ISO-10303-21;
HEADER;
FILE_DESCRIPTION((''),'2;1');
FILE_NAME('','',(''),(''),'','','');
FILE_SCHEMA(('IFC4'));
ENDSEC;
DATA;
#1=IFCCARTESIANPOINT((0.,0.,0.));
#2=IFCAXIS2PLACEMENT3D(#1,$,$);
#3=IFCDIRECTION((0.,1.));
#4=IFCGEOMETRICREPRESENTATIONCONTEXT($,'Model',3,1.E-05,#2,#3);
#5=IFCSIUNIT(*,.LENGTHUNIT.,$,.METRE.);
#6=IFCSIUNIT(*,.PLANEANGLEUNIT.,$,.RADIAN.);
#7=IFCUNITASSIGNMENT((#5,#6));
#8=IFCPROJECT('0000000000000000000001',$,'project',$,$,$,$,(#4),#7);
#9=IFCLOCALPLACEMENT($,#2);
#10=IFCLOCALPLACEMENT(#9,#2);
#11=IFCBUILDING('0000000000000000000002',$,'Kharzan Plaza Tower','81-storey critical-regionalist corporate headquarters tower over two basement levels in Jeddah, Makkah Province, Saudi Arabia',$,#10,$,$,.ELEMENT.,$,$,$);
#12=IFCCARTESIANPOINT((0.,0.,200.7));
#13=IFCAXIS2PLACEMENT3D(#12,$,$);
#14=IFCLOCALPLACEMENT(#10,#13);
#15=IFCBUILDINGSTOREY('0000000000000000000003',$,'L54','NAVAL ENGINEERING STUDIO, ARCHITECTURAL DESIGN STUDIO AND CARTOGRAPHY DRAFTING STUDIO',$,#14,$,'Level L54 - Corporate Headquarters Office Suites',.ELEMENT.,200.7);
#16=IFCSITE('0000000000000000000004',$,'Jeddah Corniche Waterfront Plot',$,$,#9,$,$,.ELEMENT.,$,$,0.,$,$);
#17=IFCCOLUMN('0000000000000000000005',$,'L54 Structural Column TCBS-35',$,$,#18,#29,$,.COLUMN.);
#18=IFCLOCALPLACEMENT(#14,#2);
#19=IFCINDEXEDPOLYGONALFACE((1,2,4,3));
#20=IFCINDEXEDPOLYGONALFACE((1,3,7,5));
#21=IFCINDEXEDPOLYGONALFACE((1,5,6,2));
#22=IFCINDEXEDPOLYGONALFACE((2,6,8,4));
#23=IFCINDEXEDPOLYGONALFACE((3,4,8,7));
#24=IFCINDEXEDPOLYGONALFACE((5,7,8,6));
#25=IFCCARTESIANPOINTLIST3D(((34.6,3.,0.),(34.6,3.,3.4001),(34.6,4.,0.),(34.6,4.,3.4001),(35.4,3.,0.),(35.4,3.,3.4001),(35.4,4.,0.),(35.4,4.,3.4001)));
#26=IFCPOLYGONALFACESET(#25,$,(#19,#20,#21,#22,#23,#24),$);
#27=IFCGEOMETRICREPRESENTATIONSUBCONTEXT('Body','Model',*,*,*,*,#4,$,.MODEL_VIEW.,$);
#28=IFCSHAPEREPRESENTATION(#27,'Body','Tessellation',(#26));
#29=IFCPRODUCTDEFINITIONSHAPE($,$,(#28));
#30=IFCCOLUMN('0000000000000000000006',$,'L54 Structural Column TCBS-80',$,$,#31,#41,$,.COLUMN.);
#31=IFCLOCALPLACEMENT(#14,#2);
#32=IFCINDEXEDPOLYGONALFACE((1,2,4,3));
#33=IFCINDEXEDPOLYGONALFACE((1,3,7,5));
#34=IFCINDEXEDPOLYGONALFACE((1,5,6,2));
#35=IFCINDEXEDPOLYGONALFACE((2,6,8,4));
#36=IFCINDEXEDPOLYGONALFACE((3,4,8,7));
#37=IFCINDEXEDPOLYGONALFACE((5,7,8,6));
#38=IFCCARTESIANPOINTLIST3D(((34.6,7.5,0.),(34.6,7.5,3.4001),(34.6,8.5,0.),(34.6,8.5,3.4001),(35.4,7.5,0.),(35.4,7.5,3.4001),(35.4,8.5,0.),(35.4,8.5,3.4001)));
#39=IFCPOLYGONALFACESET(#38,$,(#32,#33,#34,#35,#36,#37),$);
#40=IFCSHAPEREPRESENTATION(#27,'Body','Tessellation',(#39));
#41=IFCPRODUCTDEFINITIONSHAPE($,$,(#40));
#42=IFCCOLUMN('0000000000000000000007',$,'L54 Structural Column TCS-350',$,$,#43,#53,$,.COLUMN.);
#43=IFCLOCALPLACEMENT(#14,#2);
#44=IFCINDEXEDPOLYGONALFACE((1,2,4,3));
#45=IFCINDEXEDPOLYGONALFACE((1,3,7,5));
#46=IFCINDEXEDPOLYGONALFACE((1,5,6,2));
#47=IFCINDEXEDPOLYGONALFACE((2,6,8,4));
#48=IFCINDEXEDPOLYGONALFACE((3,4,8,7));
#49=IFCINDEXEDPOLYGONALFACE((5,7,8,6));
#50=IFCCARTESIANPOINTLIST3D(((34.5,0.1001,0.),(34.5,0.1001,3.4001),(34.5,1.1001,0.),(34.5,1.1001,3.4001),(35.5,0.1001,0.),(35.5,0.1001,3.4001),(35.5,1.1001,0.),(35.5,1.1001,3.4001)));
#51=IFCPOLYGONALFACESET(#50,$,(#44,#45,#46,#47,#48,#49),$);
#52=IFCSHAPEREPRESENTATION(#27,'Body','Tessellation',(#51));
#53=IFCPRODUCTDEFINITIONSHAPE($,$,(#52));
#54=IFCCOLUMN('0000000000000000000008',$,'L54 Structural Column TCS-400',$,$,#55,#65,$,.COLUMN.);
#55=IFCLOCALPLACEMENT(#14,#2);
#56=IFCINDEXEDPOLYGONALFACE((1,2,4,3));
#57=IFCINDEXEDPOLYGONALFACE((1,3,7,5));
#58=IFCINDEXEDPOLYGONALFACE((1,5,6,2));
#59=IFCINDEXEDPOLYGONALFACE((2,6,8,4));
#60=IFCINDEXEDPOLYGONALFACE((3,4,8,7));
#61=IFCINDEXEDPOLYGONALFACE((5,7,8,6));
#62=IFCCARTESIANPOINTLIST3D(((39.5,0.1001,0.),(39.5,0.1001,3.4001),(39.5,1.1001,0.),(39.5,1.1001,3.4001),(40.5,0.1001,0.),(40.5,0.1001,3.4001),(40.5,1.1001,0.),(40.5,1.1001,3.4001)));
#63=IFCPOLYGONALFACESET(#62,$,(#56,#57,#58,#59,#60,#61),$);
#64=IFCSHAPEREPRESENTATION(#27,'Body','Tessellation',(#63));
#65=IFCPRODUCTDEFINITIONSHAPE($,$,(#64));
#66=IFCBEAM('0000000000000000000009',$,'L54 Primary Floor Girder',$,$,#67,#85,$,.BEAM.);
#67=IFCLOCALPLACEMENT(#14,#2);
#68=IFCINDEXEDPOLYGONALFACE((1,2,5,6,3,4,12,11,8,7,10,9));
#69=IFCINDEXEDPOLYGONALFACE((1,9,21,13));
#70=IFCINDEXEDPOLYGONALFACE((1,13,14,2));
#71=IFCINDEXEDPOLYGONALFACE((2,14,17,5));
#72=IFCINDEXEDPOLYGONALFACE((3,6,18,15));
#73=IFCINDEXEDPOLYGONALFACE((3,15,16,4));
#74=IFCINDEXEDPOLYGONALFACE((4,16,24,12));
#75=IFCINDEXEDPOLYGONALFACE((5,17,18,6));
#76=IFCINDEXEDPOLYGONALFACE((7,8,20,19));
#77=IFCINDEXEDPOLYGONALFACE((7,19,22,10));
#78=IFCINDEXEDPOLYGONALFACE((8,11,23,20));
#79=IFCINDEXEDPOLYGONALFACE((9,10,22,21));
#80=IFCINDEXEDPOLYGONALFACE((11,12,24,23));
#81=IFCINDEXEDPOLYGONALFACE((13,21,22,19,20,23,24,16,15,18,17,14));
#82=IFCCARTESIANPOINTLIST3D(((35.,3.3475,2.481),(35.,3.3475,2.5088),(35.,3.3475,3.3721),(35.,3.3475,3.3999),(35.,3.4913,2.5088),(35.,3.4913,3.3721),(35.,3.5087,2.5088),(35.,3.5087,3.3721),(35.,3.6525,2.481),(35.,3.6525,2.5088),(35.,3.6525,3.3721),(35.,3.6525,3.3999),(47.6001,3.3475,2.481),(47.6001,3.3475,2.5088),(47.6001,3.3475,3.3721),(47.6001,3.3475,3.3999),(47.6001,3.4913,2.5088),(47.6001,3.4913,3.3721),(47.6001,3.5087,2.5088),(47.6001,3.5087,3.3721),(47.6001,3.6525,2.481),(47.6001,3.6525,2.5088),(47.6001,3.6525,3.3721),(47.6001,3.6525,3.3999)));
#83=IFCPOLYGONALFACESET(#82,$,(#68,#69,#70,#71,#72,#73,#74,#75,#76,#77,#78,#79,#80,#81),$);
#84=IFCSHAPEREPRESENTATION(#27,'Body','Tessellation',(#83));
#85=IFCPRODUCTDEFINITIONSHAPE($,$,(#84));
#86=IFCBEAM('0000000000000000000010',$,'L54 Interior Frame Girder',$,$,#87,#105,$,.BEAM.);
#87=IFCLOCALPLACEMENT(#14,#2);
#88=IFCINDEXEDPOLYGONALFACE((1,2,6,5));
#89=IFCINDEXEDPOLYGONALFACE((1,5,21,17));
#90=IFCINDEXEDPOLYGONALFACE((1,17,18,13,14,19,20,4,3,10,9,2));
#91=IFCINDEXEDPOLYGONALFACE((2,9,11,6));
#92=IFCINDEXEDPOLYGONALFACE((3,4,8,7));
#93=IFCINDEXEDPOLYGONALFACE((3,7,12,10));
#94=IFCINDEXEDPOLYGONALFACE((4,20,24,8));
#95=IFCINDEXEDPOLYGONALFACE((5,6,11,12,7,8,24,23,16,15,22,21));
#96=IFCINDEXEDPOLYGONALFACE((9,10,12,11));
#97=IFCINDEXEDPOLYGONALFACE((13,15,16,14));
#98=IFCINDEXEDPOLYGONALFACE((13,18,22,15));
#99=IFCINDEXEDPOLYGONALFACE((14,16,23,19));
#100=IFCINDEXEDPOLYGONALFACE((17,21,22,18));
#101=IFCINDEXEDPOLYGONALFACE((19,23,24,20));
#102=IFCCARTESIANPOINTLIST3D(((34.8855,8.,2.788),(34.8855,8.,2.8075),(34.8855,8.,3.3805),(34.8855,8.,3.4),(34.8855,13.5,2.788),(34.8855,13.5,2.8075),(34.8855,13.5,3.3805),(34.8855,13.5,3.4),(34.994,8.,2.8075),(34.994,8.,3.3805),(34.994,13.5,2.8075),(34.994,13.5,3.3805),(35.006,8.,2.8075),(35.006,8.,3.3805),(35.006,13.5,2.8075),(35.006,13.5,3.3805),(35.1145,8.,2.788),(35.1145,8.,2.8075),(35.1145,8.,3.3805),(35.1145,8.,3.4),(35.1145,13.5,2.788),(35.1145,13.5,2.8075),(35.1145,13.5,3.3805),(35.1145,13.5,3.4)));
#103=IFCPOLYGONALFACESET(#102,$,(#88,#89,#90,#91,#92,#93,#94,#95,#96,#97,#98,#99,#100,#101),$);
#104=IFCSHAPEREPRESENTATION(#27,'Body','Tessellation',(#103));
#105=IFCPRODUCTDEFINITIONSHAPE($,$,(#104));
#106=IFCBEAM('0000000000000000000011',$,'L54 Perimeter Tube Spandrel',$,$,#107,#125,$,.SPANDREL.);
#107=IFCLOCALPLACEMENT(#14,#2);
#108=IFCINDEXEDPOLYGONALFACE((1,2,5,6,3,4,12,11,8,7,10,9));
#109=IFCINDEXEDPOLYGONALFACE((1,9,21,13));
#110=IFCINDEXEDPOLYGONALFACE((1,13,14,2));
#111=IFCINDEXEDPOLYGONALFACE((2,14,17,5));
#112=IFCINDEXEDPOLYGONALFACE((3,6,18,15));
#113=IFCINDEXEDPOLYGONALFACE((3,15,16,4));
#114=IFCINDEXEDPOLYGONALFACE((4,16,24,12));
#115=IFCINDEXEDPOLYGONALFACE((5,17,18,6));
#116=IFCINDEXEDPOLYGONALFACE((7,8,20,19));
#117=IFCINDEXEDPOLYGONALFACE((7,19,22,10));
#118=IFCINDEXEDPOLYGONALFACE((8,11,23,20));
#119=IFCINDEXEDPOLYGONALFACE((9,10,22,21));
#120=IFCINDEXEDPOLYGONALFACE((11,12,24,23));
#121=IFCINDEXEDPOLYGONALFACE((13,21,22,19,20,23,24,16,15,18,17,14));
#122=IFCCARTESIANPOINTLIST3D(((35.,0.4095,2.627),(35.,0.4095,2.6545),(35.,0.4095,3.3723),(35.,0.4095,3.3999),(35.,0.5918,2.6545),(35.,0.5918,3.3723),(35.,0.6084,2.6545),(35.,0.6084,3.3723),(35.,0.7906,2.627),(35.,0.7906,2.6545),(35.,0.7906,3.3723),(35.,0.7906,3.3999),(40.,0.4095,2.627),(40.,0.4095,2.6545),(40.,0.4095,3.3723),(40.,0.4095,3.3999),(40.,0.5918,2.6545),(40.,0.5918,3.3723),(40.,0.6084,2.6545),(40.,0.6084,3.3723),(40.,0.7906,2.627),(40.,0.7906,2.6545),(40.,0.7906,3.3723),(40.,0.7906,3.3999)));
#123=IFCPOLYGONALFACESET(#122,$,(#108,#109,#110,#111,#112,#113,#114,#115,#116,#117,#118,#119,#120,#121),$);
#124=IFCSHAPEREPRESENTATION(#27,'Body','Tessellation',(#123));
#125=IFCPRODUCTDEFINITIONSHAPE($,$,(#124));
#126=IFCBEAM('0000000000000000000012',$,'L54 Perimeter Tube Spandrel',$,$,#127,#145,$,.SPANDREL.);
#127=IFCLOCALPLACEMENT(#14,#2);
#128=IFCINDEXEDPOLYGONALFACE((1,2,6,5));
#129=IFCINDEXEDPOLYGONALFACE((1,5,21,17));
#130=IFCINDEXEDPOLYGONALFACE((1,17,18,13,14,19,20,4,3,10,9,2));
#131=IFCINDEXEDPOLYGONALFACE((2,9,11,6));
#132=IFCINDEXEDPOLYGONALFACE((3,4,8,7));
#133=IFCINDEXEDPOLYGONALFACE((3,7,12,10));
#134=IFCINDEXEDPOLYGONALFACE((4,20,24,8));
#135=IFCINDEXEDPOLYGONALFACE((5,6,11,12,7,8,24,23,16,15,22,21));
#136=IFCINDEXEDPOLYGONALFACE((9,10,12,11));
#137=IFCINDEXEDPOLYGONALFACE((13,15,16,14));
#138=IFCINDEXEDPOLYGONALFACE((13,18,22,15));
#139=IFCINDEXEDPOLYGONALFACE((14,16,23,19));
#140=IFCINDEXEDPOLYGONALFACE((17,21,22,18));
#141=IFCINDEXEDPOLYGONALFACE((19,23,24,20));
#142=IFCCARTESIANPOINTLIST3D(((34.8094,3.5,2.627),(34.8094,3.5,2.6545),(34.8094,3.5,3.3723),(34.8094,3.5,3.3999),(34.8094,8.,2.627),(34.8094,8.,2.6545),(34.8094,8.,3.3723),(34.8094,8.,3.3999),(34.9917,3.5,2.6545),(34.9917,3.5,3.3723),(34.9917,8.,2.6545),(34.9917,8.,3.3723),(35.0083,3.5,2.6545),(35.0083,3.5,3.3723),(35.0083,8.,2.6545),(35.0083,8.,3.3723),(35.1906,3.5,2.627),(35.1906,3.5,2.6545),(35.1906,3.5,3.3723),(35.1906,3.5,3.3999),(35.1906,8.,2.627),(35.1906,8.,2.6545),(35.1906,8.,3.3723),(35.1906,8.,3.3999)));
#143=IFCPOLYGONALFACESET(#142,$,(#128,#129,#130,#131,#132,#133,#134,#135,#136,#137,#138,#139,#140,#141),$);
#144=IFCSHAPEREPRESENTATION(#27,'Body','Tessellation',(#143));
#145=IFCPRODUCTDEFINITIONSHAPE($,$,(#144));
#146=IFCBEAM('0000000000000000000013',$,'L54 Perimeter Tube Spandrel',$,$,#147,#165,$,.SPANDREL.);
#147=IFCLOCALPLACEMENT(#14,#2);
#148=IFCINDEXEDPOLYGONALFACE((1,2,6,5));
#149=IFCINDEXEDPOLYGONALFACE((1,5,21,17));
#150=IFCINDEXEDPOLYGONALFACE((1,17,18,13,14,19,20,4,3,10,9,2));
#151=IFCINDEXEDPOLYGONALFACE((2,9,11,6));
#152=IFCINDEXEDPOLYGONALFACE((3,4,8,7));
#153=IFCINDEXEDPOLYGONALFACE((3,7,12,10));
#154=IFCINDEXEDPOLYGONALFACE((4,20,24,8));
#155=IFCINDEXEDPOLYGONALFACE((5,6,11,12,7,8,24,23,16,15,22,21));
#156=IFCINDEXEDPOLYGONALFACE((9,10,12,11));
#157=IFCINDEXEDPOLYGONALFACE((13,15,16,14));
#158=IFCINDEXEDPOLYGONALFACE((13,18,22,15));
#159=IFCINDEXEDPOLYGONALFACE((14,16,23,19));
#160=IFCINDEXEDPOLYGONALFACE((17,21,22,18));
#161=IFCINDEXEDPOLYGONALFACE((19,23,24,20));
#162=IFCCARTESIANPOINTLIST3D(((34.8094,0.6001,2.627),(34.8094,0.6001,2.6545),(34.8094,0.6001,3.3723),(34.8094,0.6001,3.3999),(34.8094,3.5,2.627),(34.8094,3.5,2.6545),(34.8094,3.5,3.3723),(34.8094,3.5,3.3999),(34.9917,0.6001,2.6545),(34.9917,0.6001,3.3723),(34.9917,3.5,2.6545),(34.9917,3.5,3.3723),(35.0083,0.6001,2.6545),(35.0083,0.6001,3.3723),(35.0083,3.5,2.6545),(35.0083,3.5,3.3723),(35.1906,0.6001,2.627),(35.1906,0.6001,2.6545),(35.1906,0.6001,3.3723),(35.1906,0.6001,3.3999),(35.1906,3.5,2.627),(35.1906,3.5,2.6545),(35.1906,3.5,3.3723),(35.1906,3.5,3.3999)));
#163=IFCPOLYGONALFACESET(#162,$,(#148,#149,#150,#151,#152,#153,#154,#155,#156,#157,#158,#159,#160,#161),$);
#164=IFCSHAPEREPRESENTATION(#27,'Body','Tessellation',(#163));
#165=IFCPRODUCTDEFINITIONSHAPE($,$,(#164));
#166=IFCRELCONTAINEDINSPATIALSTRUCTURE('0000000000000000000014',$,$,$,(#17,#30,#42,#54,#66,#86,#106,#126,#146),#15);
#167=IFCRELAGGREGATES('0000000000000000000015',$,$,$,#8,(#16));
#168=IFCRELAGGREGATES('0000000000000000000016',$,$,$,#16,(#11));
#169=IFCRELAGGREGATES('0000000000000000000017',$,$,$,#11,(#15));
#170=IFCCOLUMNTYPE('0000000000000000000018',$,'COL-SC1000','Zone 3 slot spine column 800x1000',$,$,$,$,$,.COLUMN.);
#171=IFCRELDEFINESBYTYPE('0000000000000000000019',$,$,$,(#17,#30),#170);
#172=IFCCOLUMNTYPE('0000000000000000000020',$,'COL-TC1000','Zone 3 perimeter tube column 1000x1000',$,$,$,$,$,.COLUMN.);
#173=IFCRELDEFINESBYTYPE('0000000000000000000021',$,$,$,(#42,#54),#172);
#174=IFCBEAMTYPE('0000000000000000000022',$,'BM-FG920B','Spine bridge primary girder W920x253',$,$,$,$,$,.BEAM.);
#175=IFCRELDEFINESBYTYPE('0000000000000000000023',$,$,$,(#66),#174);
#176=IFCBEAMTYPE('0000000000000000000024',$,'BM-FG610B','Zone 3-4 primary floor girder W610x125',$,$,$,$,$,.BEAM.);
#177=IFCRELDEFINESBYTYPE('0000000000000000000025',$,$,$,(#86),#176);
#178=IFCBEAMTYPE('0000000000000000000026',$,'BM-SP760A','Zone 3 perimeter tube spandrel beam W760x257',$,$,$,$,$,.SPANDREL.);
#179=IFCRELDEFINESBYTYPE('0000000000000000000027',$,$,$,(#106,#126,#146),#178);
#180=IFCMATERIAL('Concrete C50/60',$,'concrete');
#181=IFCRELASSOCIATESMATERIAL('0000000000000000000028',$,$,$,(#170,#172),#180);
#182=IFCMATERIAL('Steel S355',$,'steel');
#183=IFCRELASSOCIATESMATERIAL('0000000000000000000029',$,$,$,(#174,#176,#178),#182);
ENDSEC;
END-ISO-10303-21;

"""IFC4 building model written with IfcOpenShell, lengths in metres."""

from ifc_helpers import new_model, si_unit, direction, frame, origin, origin_2d, place, context, subcontext, project, spatial, rectangle, i_section, extrude, source, transform, mapped, material, material_profile, profile_set, type_object, element, save


model = new_model("IFC4")

# Units and contexts
model_context = context("Model", 3, precision=1e-05, world=origin(), true_north=direction((0.0, 1.0)))
body_context = subcontext(model_context, "Body", "Model", "MODEL_VIEW")
ifc_project = project(units=[si_unit("LENGTHUNIT", "METRE"), si_unit("PLANEANGLEUNIT", "RADIAN")], contexts=[model_context])

# Site, building, storey
site_placement = place(None, origin())
site = spatial("IfcSite", under=ifc_project, at=site_placement, Name="Jeddah Corniche Waterfront Plot", CompositionType="ELEMENT", RefElevation=0.0)
building_placement = place(site_placement, origin())
building = spatial("IfcBuilding", under=site, at=building_placement, Name="Kharzan Plaza Tower", Description="81-storey critical-regionalist corporate headquarters tower over two basement levels in Jeddah, Makkah Province, Saudi Arabia", CompositionType="ELEMENT")
storey_placement = place(building_placement, frame((0.0, 0.0, 200.7)))
storey = spatial("IfcBuildingStorey", under=building, at=storey_placement, Name="L54", Description="NAVAL ENGINEERING STUDIO, ARCHITECTURAL DESIGN STUDIO AND CARTOGRAPHY DRAFTING STUDIO", LongName="Level L54 - Corporate Headquarters Office Suites", CompositionType="ELEMENT", Elevation=200.7)

# Columns
ifc_material_1 = material(Name="Concrete C50/60", Category="concrete")
ifc_material_profile_1 = material_profile(ifc_material_1, rectangle(XDim=0.8, YDim=1.0, at=origin_2d()), Name="RC-SC1000x800")
ifc_profile_set_1 = profile_set([ifc_material_profile_1], Name="Concrete C50/60")
column_type_1 = type_object("IfcColumnType", Name="COL-SC1000", Description="Zone 3 slot spine column 800x1000", PredefinedType="COLUMN", material=ifc_profile_set_1)
shared_shape_1 = source(origin(), body_context, "Body", "SweptSolid", [
    extrude(rectangle(XDim=0.8, YDim=1.0, at=origin_2d()), origin(), (0.0, 0.0, 1.0), 3.4001),
])
for number, where, z_axis, x_axis, name in (
    (1, (35.0, 3.5, 0.0), (0.0, 0.0, 1.0), (1.0, 0.0, 0.0), "L54 Structural Column TCBS-35"),
    (2, (35.0, 8.0, 0.0), (0.0, 0.0, 1.0), (1.0, 0.0, 0.0), "L54 Structural Column TCBS-80"),
):
    element("IfcColumn", number, at=place(storey_placement, frame(where, z_axis=z_axis, x_axis=x_axis)), inside=storey, type_object=column_type_1, Name=name, PredefinedType="COLUMN", context=body_context, shape_type="MappedRepresentation", body=[
        mapped(shared_shape_1, transform((0.0, 0.0, 0.0), x_axis=(1.0, 0.0, 0.0), y_axis=(0.0, 1.0, 0.0), z_axis=(0.0, 0.0, 1.0))),
    ])
ifc_material_profile_2 = material_profile(ifc_material_1, rectangle(XDim=1.0, YDim=1.0, at=origin_2d()), Name="RC-TC1000x1000")
ifc_profile_set_2 = profile_set([ifc_material_profile_2], Name="Concrete C50/60")
column_type_2 = type_object("IfcColumnType", Name="COL-TC1000", Description="Zone 3 perimeter tube column 1000x1000", PredefinedType="COLUMN", material=ifc_profile_set_2)
shared_shape_2 = source(origin(), body_context, "Body", "SweptSolid", [
    extrude(rectangle(XDim=1.0, YDim=1.0, at=origin_2d()), origin(), (0.0, 0.0, 1.0), 3.4001),
])
for number, where, z_axis, x_axis, name in (
    (3, (35.0, 0.6001, 0.0), (0.0, 0.0, 1.0), (1.0, 0.0, 0.0), "L54 Structural Column TCS-350"),
    (4, (40.0, 0.6001, 0.0), (0.0, 0.0, 1.0), (1.0, 0.0, 0.0), "L54 Structural Column TCS-400"),
):
    element("IfcColumn", number, at=place(storey_placement, frame(where, z_axis=z_axis, x_axis=x_axis)), inside=storey, type_object=column_type_2, Name=name, PredefinedType="COLUMN", context=body_context, shape_type="MappedRepresentation", body=[
        mapped(shared_shape_2, transform((0.0, 0.0, 0.0), x_axis=(1.0, 0.0, 0.0), y_axis=(0.0, 1.0, 0.0), z_axis=(0.0, 0.0, 1.0))),
    ])

# Beams
ifc_material_2 = material(Name="Steel S355", Category="steel")
ifc_material_profile_3 = material_profile(ifc_material_2, i_section(OverallWidth=0.3049, OverallDepth=0.9189, WebThickness=0.0173, FlangeThickness=0.0278, at=origin_2d()), Name="W920x253")
ifc_profile_set_3 = profile_set([ifc_material_profile_3], Name="Steel S355")
beam_type_1 = type_object("IfcBeamType", Name="BM-FG920B", Description="Spine bridge primary girder W920x253", PredefinedType="BEAM", material=ifc_profile_set_3)
shared_shape_3 = source(origin(), body_context, "Body", "SweptSolid", [
    extrude(i_section(OverallWidth=0.3049, OverallDepth=0.9189, WebThickness=0.0173, FlangeThickness=0.0278, at=origin_2d()), origin(), (0.0, 0.0, 1.0), 12.6001),
])
beam_1_placement = place(storey_placement, frame((35.0, 3.5, 2.9404), z_axis=(1.0, 0.0, 0.0), x_axis=(0.0, 1.0, 0.0)))
element("IfcBeam", 5, at=beam_1_placement, inside=storey, type_object=beam_type_1, Name="L54 Primary Floor Girder", PredefinedType="BEAM", context=body_context, shape_type="MappedRepresentation", body=[
    mapped(shared_shape_3, transform((0.0, 0.0, 0.0), x_axis=(1.0, 0.0, 0.0), y_axis=(0.0, 1.0, 0.0), z_axis=(0.0, 0.0, 1.0))),
])
ifc_material_profile_4 = material_profile(ifc_material_2, i_section(OverallWidth=0.229, OverallDepth=0.6121, WebThickness=0.012, FlangeThickness=0.0195, at=origin_2d()), Name="W610x125")
ifc_profile_set_4 = profile_set([ifc_material_profile_4], Name="Steel S355")
beam_type_2 = type_object("IfcBeamType", Name="BM-FG610B", Description="Zone 3-4 primary floor girder W610x125", PredefinedType="BEAM", material=ifc_profile_set_4)
shared_shape_4 = source(origin(), body_context, "Body", "SweptSolid", [
    extrude(i_section(OverallWidth=0.229, OverallDepth=0.6121, WebThickness=0.012, FlangeThickness=0.0195, at=origin_2d()), origin(), (0.0, 0.0, 1.0), 5.5),
])
beam_2_placement = place(storey_placement, frame((35.0, 8.0, 3.094), z_axis=(0.0, 1.0, 0.0), x_axis=(-1.0, 0.0, 0.0)))
element("IfcBeam", 6, at=beam_2_placement, inside=storey, type_object=beam_type_2, Name="L54 Interior Frame Girder", PredefinedType="BEAM", context=body_context, shape_type="MappedRepresentation", body=[
    mapped(shared_shape_4, transform((0.0, 0.0, 0.0), x_axis=(1.0, 0.0, 0.0), y_axis=(0.0, 1.0, 0.0), z_axis=(0.0, 0.0, 1.0))),
])
ifc_material_profile_5 = material_profile(ifc_material_2, i_section(OverallWidth=0.3811, OverallDepth=0.7729, WebThickness=0.0166, FlangeThickness=0.0276, at=origin_2d()), Name="W760x257")
ifc_profile_set_5 = profile_set([ifc_material_profile_5], Name="Steel S355")
beam_type_3 = type_object("IfcBeamType", Name="BM-SP760A", Description="Zone 3 perimeter tube spandrel beam W760x257", PredefinedType="SPANDREL", material=ifc_profile_set_5)
shared_shape_5 = source(origin(), body_context, "Body", "SweptSolid", [
    extrude(i_section(OverallWidth=0.3811, OverallDepth=0.7729, WebThickness=0.0166, FlangeThickness=0.0276, at=origin_2d()), origin(), (0.0, 0.0, 1.0), 5.0),
])
beam_3_placement = place(storey_placement, frame((35.0, 0.6001, 3.0134), z_axis=(1.0, 0.0, 0.0), x_axis=(0.0, 1.0, 0.0)))
element("IfcBeam", 7, at=beam_3_placement, inside=storey, type_object=beam_type_3, Name="L54 Perimeter Tube Spandrel", PredefinedType="SPANDREL", context=body_context, shape_type="MappedRepresentation", body=[
    mapped(shared_shape_5, transform((0.0, 0.0, 0.0), x_axis=(1.0, 0.0, 0.0), y_axis=(0.0, 1.0, 0.0), z_axis=(0.0, 0.0, 1.0))),
])
shared_shape_6 = source(origin(), body_context, "Body", "SweptSolid", [
    extrude(i_section(OverallWidth=0.3811, OverallDepth=0.7729, WebThickness=0.0166, FlangeThickness=0.0276, at=origin_2d()), origin(), (0.0, 0.0, 1.0), 4.5),
])
beam_4_placement = place(storey_placement, frame((35.0, 3.5, 3.0134), z_axis=(0.0, 1.0, 0.0), x_axis=(-1.0, 0.0, 0.0)))
element("IfcBeam", 8, at=beam_4_placement, inside=storey, type_object=beam_type_3, Name="L54 Perimeter Tube Spandrel", PredefinedType="SPANDREL", context=body_context, shape_type="MappedRepresentation", body=[
    mapped(shared_shape_6, transform((0.0, 0.0, 0.0), x_axis=(1.0, 0.0, 0.0), y_axis=(0.0, 1.0, 0.0), z_axis=(0.0, 0.0, 1.0))),
])
shared_shape_7 = source(origin(), body_context, "Body", "SweptSolid", [
    extrude(i_section(OverallWidth=0.3811, OverallDepth=0.7729, WebThickness=0.0166, FlangeThickness=0.0276, at=origin_2d()), origin(), (0.0, 0.0, 1.0), 2.8999),
])
beam_5_placement = place(storey_placement, frame((35.0, 0.6001, 3.0134), z_axis=(0.0, 1.0, 0.0), x_axis=(-1.0, 0.0, 0.0)))
element("IfcBeam", 9, at=beam_5_placement, inside=storey, type_object=beam_type_3, Name="L54 Perimeter Tube Spandrel", PredefinedType="SPANDREL", context=body_context, shape_type="MappedRepresentation", body=[
    mapped(shared_shape_7, transform((0.0, 0.0, 0.0), x_axis=(1.0, 0.0, 0.0), y_axis=(0.0, 1.0, 0.0), z_axis=(0.0, 0.0, 1.0))),
])

save(model, "model.ifc")
